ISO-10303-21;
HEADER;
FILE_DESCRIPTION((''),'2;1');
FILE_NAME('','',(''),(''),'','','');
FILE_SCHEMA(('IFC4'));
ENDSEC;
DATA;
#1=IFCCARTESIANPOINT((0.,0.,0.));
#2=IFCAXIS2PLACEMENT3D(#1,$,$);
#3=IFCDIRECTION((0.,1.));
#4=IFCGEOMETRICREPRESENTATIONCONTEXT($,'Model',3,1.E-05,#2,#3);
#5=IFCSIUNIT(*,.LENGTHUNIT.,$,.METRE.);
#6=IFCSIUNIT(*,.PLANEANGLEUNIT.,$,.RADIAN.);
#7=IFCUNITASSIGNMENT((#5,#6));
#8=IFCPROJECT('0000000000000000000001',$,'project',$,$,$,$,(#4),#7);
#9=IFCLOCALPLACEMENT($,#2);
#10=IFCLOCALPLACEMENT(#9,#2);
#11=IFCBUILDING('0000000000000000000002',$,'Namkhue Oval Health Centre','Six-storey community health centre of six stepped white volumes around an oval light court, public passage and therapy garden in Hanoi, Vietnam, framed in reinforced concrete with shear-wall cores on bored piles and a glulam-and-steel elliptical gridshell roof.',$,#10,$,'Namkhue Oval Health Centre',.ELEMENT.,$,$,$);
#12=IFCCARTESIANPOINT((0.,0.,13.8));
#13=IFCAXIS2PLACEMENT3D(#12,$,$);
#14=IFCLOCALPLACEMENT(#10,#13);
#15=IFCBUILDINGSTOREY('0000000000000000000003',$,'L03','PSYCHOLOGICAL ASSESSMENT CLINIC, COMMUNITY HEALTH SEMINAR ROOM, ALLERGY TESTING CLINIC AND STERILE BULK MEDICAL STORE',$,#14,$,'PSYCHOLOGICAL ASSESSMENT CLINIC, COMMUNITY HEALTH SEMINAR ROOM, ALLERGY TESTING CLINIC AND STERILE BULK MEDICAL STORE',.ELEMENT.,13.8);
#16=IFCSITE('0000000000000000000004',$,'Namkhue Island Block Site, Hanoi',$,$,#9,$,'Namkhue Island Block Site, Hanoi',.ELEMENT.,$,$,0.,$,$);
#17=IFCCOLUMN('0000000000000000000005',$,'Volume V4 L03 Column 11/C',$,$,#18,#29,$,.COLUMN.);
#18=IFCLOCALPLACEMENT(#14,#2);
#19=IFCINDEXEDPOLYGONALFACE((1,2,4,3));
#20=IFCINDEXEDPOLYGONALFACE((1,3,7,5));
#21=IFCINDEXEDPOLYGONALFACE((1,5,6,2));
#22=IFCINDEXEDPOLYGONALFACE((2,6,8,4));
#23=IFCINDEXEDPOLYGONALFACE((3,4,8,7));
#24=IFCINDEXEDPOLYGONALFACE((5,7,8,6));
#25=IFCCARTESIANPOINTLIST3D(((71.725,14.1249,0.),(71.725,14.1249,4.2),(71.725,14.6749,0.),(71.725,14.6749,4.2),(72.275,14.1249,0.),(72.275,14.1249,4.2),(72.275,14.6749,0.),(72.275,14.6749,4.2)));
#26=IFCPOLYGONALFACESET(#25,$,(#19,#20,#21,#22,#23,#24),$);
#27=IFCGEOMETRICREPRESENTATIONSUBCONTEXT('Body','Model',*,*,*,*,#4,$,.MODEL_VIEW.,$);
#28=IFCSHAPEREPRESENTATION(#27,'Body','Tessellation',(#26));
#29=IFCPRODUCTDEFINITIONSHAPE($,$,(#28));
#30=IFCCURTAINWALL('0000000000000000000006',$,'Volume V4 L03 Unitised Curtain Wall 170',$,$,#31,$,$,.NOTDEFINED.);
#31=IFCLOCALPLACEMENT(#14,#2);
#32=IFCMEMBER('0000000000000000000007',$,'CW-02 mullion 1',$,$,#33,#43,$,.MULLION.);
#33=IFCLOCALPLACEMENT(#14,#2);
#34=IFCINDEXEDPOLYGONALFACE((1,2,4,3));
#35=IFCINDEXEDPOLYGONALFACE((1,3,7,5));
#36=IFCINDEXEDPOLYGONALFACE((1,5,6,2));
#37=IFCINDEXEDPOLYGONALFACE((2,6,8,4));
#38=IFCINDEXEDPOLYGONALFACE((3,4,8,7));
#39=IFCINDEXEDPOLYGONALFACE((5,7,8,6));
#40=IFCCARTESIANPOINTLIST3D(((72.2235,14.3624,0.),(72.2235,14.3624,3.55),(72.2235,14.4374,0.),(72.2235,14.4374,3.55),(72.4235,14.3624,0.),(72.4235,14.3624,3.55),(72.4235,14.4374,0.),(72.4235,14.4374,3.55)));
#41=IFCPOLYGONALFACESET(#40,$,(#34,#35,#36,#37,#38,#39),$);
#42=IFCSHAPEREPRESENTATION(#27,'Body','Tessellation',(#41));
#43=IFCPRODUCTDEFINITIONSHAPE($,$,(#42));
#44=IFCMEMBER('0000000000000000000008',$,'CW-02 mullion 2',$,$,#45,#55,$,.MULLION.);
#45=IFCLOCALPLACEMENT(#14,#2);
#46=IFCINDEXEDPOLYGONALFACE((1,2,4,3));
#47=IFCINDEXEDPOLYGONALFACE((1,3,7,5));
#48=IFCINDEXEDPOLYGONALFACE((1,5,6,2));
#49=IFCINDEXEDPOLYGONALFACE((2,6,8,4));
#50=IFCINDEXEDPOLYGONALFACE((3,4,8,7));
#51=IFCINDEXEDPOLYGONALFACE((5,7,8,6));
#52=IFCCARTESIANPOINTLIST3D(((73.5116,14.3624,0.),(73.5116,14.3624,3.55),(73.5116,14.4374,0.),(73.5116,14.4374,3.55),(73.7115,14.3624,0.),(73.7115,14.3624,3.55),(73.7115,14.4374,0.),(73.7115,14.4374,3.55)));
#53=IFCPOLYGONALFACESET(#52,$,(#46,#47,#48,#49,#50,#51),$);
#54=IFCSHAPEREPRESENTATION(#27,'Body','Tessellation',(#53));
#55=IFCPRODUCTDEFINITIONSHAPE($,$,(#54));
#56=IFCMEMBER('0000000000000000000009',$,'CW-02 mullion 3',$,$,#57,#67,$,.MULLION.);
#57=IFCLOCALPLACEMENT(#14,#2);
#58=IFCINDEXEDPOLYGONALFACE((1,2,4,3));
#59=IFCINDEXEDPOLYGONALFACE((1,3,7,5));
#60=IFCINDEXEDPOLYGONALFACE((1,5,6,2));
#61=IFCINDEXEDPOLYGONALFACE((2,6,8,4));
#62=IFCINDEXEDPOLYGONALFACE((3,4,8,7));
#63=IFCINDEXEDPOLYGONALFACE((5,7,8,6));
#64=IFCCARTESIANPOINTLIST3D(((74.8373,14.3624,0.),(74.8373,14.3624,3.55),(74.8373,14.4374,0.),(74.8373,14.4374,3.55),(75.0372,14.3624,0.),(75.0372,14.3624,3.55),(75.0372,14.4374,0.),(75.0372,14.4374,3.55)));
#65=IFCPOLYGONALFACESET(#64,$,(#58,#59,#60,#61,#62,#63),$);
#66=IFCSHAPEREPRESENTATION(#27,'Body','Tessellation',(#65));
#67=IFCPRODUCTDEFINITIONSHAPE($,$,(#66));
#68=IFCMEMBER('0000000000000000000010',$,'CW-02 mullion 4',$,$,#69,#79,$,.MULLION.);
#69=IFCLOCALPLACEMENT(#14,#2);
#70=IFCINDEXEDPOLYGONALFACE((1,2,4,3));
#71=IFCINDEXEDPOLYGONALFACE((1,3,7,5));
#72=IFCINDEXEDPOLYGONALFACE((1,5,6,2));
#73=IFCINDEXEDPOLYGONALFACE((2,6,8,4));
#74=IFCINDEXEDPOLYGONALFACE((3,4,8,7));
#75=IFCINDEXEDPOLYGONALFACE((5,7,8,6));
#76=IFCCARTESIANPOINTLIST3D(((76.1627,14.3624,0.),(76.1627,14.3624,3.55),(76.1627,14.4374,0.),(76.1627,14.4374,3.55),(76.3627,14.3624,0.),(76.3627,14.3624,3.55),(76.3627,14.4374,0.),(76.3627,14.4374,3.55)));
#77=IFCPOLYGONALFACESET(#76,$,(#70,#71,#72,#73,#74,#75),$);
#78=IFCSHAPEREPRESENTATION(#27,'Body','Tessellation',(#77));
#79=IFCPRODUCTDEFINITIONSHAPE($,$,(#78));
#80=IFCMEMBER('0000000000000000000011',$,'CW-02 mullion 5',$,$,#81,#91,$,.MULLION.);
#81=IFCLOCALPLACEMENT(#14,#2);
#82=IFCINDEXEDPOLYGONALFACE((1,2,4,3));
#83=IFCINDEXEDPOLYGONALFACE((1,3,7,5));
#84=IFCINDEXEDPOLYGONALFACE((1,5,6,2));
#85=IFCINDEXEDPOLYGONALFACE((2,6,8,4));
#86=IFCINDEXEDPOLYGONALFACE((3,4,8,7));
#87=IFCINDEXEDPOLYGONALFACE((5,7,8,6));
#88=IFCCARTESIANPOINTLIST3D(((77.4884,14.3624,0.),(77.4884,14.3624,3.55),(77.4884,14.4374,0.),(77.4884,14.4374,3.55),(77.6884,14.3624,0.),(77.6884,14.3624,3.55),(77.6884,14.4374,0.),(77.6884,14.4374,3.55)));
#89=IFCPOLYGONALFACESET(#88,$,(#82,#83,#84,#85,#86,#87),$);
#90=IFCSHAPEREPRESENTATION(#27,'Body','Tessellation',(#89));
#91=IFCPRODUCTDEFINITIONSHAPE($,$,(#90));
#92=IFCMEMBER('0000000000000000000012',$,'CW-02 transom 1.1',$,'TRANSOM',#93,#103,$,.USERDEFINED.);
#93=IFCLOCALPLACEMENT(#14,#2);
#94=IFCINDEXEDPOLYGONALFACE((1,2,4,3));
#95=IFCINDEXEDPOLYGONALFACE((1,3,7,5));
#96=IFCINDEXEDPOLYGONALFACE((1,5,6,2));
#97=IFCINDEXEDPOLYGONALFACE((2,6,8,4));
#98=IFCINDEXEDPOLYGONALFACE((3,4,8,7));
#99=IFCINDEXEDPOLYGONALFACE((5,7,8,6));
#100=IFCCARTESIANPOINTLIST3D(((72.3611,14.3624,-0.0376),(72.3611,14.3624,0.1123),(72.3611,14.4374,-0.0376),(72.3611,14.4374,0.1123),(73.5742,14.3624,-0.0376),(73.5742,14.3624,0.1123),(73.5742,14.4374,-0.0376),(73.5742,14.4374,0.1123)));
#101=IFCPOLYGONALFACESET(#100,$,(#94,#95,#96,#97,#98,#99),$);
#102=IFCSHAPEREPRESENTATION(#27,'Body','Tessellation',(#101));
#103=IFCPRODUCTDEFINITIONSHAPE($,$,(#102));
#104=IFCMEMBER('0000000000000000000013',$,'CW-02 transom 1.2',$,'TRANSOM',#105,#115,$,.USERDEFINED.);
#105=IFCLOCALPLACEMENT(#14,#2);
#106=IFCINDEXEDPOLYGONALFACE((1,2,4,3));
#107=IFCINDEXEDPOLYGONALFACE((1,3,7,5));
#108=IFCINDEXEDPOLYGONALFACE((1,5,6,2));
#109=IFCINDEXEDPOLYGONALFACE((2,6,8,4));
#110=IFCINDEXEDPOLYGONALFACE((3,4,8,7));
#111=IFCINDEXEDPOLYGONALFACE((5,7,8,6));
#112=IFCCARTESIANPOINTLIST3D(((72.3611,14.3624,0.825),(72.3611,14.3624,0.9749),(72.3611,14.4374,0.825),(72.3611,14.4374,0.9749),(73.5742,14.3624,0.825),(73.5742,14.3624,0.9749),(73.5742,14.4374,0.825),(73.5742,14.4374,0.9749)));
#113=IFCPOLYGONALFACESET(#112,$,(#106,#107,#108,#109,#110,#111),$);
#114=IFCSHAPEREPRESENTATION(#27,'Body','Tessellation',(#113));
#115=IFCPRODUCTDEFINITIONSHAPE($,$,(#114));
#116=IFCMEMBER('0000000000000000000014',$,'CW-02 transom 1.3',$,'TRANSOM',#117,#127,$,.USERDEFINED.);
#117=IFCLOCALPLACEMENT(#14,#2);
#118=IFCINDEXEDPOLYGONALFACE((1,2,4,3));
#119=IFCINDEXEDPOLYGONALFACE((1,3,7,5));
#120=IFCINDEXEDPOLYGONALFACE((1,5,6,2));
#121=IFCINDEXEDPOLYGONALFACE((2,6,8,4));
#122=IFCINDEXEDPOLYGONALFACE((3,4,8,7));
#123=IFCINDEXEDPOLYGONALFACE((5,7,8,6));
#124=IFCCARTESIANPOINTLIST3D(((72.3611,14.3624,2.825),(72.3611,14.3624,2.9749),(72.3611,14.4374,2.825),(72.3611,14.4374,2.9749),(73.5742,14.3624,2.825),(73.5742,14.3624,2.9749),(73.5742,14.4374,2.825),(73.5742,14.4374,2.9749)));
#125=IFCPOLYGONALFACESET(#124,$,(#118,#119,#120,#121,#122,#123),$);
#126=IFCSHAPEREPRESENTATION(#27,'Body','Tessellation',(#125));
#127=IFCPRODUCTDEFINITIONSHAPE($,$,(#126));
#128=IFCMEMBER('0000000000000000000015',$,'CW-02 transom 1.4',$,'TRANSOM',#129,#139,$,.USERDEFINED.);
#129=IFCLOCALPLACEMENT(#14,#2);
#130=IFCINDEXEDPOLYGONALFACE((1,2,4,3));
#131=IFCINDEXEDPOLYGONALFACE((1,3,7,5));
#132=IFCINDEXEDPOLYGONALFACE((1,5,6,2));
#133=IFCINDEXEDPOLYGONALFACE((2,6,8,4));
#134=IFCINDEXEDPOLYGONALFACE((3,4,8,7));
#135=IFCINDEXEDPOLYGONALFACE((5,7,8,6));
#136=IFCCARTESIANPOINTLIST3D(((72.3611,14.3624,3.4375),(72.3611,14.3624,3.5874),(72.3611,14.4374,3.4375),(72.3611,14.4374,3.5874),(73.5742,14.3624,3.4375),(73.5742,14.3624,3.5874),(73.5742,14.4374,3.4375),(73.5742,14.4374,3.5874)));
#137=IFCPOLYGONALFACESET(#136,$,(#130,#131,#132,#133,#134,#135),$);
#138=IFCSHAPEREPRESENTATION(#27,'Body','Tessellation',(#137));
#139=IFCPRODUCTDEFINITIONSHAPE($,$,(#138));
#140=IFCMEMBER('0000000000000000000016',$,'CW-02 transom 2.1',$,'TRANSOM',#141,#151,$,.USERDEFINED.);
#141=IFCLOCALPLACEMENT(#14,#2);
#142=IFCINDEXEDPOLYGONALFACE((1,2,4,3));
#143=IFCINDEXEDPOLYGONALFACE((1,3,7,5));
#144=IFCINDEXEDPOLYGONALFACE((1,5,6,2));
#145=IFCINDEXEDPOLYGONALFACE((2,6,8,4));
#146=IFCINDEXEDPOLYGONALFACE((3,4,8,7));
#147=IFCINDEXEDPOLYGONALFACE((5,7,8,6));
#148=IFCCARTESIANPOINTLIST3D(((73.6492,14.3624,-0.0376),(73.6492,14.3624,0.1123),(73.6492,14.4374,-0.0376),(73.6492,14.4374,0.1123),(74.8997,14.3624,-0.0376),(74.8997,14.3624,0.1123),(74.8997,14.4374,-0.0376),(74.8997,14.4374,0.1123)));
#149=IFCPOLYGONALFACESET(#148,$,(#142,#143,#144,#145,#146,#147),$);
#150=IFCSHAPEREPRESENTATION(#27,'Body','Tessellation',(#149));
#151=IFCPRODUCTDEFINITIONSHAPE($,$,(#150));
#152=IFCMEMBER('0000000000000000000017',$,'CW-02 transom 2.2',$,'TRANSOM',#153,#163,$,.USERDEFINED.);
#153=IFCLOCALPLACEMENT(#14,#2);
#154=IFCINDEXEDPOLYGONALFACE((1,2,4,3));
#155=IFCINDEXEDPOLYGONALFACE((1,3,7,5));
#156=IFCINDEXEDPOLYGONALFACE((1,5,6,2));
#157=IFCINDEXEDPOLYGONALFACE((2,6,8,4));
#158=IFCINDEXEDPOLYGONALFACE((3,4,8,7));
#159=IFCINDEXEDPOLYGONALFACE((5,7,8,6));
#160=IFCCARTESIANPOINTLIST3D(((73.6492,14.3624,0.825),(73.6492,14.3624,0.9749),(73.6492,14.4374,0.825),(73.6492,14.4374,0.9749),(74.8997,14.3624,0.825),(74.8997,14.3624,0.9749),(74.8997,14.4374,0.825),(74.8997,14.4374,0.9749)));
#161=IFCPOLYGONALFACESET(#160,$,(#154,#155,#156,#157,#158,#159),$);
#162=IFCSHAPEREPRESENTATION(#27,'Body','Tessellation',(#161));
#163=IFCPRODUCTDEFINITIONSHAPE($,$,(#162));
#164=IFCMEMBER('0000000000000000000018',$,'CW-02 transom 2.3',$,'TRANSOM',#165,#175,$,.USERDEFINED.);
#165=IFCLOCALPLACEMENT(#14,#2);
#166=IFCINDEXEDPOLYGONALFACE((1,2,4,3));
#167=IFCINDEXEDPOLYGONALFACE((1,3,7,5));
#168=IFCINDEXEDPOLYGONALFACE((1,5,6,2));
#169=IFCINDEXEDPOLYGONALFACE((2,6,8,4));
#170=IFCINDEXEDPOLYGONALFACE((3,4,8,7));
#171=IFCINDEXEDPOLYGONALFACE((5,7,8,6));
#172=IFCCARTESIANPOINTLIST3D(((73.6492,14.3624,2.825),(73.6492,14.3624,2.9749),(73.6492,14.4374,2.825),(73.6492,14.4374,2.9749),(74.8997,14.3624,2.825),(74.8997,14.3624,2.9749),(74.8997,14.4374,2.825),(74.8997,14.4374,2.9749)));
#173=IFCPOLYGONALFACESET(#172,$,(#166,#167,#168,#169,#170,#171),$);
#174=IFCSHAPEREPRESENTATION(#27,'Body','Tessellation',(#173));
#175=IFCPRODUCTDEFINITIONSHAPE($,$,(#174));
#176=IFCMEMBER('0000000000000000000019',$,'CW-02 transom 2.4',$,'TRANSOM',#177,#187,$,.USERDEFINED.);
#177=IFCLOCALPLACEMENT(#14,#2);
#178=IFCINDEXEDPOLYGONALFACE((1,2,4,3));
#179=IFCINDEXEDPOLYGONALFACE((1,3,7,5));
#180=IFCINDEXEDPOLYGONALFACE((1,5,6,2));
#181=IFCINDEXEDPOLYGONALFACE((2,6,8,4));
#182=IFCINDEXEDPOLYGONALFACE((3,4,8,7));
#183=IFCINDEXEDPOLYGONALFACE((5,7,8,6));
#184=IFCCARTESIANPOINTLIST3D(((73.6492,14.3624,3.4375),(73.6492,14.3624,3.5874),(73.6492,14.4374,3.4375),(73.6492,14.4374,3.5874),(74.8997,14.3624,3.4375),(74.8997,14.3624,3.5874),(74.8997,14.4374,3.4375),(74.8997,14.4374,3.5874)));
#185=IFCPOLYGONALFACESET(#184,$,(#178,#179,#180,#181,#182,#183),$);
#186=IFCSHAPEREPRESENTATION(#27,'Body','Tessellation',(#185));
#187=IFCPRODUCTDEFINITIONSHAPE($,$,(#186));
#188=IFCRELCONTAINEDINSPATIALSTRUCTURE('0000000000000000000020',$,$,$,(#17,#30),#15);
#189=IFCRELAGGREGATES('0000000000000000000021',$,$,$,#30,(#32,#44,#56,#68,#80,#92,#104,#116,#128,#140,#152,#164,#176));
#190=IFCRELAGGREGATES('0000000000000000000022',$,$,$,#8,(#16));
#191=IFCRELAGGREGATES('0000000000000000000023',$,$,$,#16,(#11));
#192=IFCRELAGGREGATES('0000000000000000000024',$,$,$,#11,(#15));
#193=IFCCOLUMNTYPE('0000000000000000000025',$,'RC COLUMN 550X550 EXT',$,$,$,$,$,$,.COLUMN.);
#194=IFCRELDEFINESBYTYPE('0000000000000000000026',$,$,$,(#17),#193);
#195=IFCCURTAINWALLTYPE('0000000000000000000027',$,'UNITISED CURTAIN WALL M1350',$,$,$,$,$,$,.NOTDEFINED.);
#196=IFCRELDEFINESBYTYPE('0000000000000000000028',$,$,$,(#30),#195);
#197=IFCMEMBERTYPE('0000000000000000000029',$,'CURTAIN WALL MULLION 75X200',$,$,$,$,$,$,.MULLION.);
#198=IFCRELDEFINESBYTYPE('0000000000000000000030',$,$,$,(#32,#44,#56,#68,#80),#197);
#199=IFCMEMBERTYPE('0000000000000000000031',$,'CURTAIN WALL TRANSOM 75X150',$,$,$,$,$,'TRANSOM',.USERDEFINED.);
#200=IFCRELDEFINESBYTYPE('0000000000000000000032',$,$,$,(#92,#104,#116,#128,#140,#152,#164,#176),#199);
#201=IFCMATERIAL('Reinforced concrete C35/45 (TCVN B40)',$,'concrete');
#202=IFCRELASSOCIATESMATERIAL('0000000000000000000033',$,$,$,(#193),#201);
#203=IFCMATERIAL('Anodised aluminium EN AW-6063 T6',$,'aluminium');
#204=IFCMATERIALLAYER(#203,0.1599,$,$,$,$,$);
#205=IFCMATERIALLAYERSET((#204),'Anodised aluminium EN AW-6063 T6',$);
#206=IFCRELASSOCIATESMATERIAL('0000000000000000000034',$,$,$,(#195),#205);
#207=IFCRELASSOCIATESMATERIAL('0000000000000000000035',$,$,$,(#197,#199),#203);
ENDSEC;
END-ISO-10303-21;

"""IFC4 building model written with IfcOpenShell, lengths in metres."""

from ifc_helpers import new_model, si_unit, direction, frame, origin, origin_2d, place, context, subcontext, project, spatial, rectangle, extrude, material, layer, layer_set, material_profile, profile_set, type_object, element, aggregate, save


model = new_model("IFC4")

# Units and contexts
model_context = context("Model", 3, precision=1e-05, world=origin(), true_north=direction((0.0, 1.0)))
body_context = subcontext(model_context, "Body", "Model", "MODEL_VIEW")
ifc_project = project(units=[si_unit("LENGTHUNIT", "METRE"), si_unit("PLANEANGLEUNIT", "RADIAN")], contexts=[model_context])

# Site, building, storey
site_placement = place(None, origin())
site = spatial("IfcSite", under=ifc_project, at=site_placement, Name="Namkhue Island Block Site, Hanoi", LongName="Namkhue Island Block Site, Hanoi", CompositionType="ELEMENT", RefElevation=0.0)
building_placement = place(site_placement, origin())
building = spatial("IfcBuilding", under=site, at=building_placement, Name="Namkhue Oval Health Centre", Description="Six-storey community health centre of six stepped white volumes around an oval light court, public passage and therapy garden in Hanoi, Vietnam, framed in reinforced concrete with shear-wall cores on bored piles and a glulam-and-steel elliptical gridshell roof.", LongName="Namkhue Oval Health Centre", CompositionType="ELEMENT")
storey_placement = place(building_placement, frame((0.0, 0.0, 13.8)))
storey = spatial("IfcBuildingStorey", under=building, at=storey_placement, Name="L03", Description="PSYCHOLOGICAL ASSESSMENT CLINIC, COMMUNITY HEALTH SEMINAR ROOM, ALLERGY TESTING CLINIC AND STERILE BULK MEDICAL STORE", LongName="PSYCHOLOGICAL ASSESSMENT CLINIC, COMMUNITY HEALTH SEMINAR ROOM, ALLERGY TESTING CLINIC AND STERILE BULK MEDICAL STORE", CompositionType="ELEMENT", Elevation=13.8)

# Column
ifc_material_1 = material(Name="Reinforced concrete C35/45 (TCVN B40)", Category="concrete")
ifc_material_profile_1 = material_profile(ifc_material_1, rectangle(XDim=0.55, YDim=0.55, at=origin_2d()), Name="RC 550x550")
ifc_profile_set_1 = profile_set([ifc_material_profile_1], Name="Reinforced concrete C35/45 (TCVN B40)")
column_type = type_object("IfcColumnType", Name="RC COLUMN 550X550 EXT", PredefinedType="COLUMN", material=ifc_profile_set_1)
column_placement = place(storey_placement, frame((72.0, 14.3999, 0.0), z_axis=(0.0, 0.0, 1.0), x_axis=(1.0, 0.0, 0.0)))
element("IfcColumn", 1, at=column_placement, inside=storey, type_object=column_type, Name="Volume V4 L03 Column 11/C", PredefinedType="COLUMN", context=body_context, shape_type="SweptSolid", body=[
    extrude(rectangle(XDim=0.55, YDim=0.55, at=origin_2d()), origin(), (0.0, 0.0, 1.0), 4.2),
])

# Curtain wall, members
ifc_material_2 = material(Name="Anodised aluminium EN AW-6063 T6", Category="aluminium")
ifc_layer_1 = layer(ifc_material_2, 0.1599)
ifc_layer_set_1 = layer_set([ifc_layer_1], Name="Anodised aluminium EN AW-6063 T6")
curtain_wall_type = type_object("IfcCurtainWallType", Name="UNITISED CURTAIN WALL M1350", PredefinedType="NOTDEFINED", material=ifc_layer_set_1)
curtain_wall_placement = place(storey_placement, origin())
curtain_wall = element("IfcCurtainWall", 2, at=curtain_wall_placement, inside=storey, type_object=curtain_wall_type, Name="Volume V4 L03 Unitised Curtain Wall 170", PredefinedType="NOTDEFINED")
ifc_material_profile_2 = material_profile(ifc_material_2, rectangle(XDim=0.075, YDim=0.2, at=origin_2d()), Name="ALU 75x200")
ifc_profile_set_2 = profile_set([ifc_material_profile_2], Name="Anodised aluminium EN AW-6063 T6")
member_type_1 = type_object("IfcMemberType", Name="CURTAIN WALL MULLION 75X200", PredefinedType="MULLION", material=ifc_profile_set_2)
member_1_placement = place(storey_placement, frame((72.3235, 14.3999, 0.0), z_axis=(0.0, 0.0, 1.0), x_axis=(0.0, 1.0, 0.0)))
member_1 = element("IfcMember", 3, at=member_1_placement, type_object=member_type_1, Name="CW-02 mullion 1", PredefinedType="MULLION", context=body_context, shape_type="SweptSolid", body=[
    extrude(rectangle(XDim=0.075, YDim=0.2, at=origin_2d()), origin(), (0.0, 0.0, 1.0), 3.55),
])
member_2_placement = place(storey_placement, frame((73.6116, 14.3999, 0.0), z_axis=(0.0, 0.0, 1.0), x_axis=(0.0, 1.0, 0.0)))
member_2 = element("IfcMember", 4, at=member_2_placement, type_object=member_type_1, Name="CW-02 mullion 2", PredefinedType="MULLION", context=body_context, shape_type="SweptSolid", body=[
    extrude(rectangle(XDim=0.075, YDim=0.2, at=origin_2d()), origin(), (0.0, 0.0, 1.0), 3.55),
])
member_3_placement = place(storey_placement, frame((74.9373, 14.3999, 0.0), z_axis=(0.0, 0.0, 1.0), x_axis=(0.0, 1.0, 0.0)))
member_3 = element("IfcMember", 5, at=member_3_placement, type_object=member_type_1, Name="CW-02 mullion 3", PredefinedType="MULLION", context=body_context, shape_type="SweptSolid", body=[
    extrude(rectangle(XDim=0.075, YDim=0.2, at=origin_2d()), origin(), (0.0, 0.0, 1.0), 3.55),
])
member_4_placement = place(storey_placement, frame((76.2627, 14.3999, 0.0), z_axis=(0.0, 0.0, 1.0), x_axis=(0.0, 1.0, 0.0)))
member_4 = element("IfcMember", 6, at=member_4_placement, type_object=member_type_1, Name="CW-02 mullion 4", PredefinedType="MULLION", context=body_context, shape_type="SweptSolid", body=[
    extrude(rectangle(XDim=0.075, YDim=0.2, at=origin_2d()), origin(), (0.0, 0.0, 1.0), 3.55),
])
member_5_placement = place(storey_placement, frame((77.5884, 14.3999, 0.0), z_axis=(0.0, 0.0, 1.0), x_axis=(0.0, 1.0, 0.0)))
member_5 = element("IfcMember", 7, at=member_5_placement, type_object=member_type_1, Name="CW-02 mullion 5", PredefinedType="MULLION", context=body_context, shape_type="SweptSolid", body=[
    extrude(rectangle(XDim=0.075, YDim=0.2, at=origin_2d()), origin(), (0.0, 0.0, 1.0), 3.55),
])
ifc_material_profile_3 = material_profile(ifc_material_2, rectangle(XDim=0.075, YDim=0.1499, at=origin_2d()), Name="ALU 75x150")
ifc_profile_set_3 = profile_set([ifc_material_profile_3], Name="Anodised aluminium EN AW-6063 T6")
member_type_2 = type_object("IfcMemberType", Name="CURTAIN WALL TRANSOM 75X150", ElementType="TRANSOM", PredefinedType="USERDEFINED", material=ifc_profile_set_3)
member_6_placement = place(storey_placement, frame((72.3611, 14.3999, 0.0374), z_axis=(1.0, 0.0, 0.0), x_axis=(0.0, 1.0, 0.0)))
member_6 = element("IfcMember", 8, at=member_6_placement, type_object=member_type_2, Name="CW-02 transom 1.1", ObjectType="TRANSOM", PredefinedType="USERDEFINED", context=body_context, shape_type="SweptSolid", body=[
    extrude(rectangle(XDim=0.075, YDim=0.1499, at=origin_2d()), origin(), (0.0, 0.0, 1.0), 1.2131),
])
member_7_placement = place(storey_placement, frame((72.3611, 14.3999, 0.8999), z_axis=(1.0, 0.0, 0.0), x_axis=(0.0, 1.0, 0.0)))
member_7 = element("IfcMember", 9, at=member_7_placement, type_object=member_type_2, Name="CW-02 transom 1.2", ObjectType="TRANSOM", PredefinedType="USERDEFINED", context=body_context, shape_type="SweptSolid", body=[
    extrude(rectangle(XDim=0.075, YDim=0.1499, at=origin_2d()), origin(), (0.0, 0.0, 1.0), 1.2131),
])
member_8_placement = place(storey_placement, frame((72.3611, 14.3999, 2.8999), z_axis=(1.0, 0.0, 0.0), x_axis=(0.0, 1.0, 0.0)))
member_8 = element("IfcMember", 10, at=member_8_placement, type_object=member_type_2, Name="CW-02 transom 1.3", ObjectType="TRANSOM", PredefinedType="USERDEFINED", context=body_context, shape_type="SweptSolid", body=[
    extrude(rectangle(XDim=0.075, YDim=0.1499, at=origin_2d()), origin(), (0.0, 0.0, 1.0), 1.2131),
])
member_9_placement = place(storey_placement, frame((72.3611, 14.3999, 3.5125), z_axis=(1.0, 0.0, 0.0), x_axis=(0.0, 1.0, 0.0)))
member_9 = element("IfcMember", 11, at=member_9_placement, type_object=member_type_2, Name="CW-02 transom 1.4", ObjectType="TRANSOM", PredefinedType="USERDEFINED", context=body_context, shape_type="SweptSolid", body=[
    extrude(rectangle(XDim=0.075, YDim=0.1499, at=origin_2d()), origin(), (0.0, 0.0, 1.0), 1.2131),
])
member_10_placement = place(storey_placement, frame((73.6492, 14.3999, 0.0374), z_axis=(1.0, 0.0, 0.0), x_axis=(0.0, 1.0, 0.0)))
member_10 = element("IfcMember", 12, at=member_10_placement, type_object=member_type_2, Name="CW-02 transom 2.1", ObjectType="TRANSOM", PredefinedType="USERDEFINED", context=body_context, shape_type="SweptSolid", body=[
    extrude(rectangle(XDim=0.075, YDim=0.1499, at=origin_2d()), origin(), (0.0, 0.0, 1.0), 1.2505),
])
member_11_placement = place(storey_placement, frame((73.6492, 14.3999, 0.8999), z_axis=(1.0, 0.0, 0.0), x_axis=(0.0, 1.0, 0.0)))
member_11 = element("IfcMember", 13, at=member_11_placement, type_object=member_type_2, Name="CW-02 transom 2.2", ObjectType="TRANSOM", PredefinedType="USERDEFINED", context=body_context, shape_type="SweptSolid", body=[
    extrude(rectangle(XDim=0.075, YDim=0.1499, at=origin_2d()), origin(), (0.0, 0.0, 1.0), 1.2505),
])
member_12_placement = place(storey_placement, frame((73.6492, 14.3999, 2.8999), z_axis=(1.0, 0.0, 0.0), x_axis=(0.0, 1.0, 0.0)))
member_12 = element("IfcMember", 14, at=member_12_placement, type_object=member_type_2, Name="CW-02 transom 2.3", ObjectType="TRANSOM", PredefinedType="USERDEFINED", context=body_context, shape_type="SweptSolid", body=[
    extrude(rectangle(XDim=0.075, YDim=0.1499, at=origin_2d()), origin(), (0.0, 0.0, 1.0), 1.2505),
])
member_13_placement = place(storey_placement, frame((73.6492, 14.3999, 3.5125), z_axis=(1.0, 0.0, 0.0), x_axis=(0.0, 1.0, 0.0)))
member_13 = element("IfcMember", 15, at=member_13_placement, type_object=member_type_2, Name="CW-02 transom 2.4", ObjectType="TRANSOM", PredefinedType="USERDEFINED", context=body_context, shape_type="SweptSolid", body=[
    extrude(rectangle(XDim=0.075, YDim=0.1499, at=origin_2d()), origin(), (0.0, 0.0, 1.0), 1.2505),
])

aggregate(curtain_wall, [member_1, member_2, member_3, member_4, member_5, member_6, member_7, member_8, member_9, member_10, member_11, member_12, member_13])

save(model, "model.ifc")
